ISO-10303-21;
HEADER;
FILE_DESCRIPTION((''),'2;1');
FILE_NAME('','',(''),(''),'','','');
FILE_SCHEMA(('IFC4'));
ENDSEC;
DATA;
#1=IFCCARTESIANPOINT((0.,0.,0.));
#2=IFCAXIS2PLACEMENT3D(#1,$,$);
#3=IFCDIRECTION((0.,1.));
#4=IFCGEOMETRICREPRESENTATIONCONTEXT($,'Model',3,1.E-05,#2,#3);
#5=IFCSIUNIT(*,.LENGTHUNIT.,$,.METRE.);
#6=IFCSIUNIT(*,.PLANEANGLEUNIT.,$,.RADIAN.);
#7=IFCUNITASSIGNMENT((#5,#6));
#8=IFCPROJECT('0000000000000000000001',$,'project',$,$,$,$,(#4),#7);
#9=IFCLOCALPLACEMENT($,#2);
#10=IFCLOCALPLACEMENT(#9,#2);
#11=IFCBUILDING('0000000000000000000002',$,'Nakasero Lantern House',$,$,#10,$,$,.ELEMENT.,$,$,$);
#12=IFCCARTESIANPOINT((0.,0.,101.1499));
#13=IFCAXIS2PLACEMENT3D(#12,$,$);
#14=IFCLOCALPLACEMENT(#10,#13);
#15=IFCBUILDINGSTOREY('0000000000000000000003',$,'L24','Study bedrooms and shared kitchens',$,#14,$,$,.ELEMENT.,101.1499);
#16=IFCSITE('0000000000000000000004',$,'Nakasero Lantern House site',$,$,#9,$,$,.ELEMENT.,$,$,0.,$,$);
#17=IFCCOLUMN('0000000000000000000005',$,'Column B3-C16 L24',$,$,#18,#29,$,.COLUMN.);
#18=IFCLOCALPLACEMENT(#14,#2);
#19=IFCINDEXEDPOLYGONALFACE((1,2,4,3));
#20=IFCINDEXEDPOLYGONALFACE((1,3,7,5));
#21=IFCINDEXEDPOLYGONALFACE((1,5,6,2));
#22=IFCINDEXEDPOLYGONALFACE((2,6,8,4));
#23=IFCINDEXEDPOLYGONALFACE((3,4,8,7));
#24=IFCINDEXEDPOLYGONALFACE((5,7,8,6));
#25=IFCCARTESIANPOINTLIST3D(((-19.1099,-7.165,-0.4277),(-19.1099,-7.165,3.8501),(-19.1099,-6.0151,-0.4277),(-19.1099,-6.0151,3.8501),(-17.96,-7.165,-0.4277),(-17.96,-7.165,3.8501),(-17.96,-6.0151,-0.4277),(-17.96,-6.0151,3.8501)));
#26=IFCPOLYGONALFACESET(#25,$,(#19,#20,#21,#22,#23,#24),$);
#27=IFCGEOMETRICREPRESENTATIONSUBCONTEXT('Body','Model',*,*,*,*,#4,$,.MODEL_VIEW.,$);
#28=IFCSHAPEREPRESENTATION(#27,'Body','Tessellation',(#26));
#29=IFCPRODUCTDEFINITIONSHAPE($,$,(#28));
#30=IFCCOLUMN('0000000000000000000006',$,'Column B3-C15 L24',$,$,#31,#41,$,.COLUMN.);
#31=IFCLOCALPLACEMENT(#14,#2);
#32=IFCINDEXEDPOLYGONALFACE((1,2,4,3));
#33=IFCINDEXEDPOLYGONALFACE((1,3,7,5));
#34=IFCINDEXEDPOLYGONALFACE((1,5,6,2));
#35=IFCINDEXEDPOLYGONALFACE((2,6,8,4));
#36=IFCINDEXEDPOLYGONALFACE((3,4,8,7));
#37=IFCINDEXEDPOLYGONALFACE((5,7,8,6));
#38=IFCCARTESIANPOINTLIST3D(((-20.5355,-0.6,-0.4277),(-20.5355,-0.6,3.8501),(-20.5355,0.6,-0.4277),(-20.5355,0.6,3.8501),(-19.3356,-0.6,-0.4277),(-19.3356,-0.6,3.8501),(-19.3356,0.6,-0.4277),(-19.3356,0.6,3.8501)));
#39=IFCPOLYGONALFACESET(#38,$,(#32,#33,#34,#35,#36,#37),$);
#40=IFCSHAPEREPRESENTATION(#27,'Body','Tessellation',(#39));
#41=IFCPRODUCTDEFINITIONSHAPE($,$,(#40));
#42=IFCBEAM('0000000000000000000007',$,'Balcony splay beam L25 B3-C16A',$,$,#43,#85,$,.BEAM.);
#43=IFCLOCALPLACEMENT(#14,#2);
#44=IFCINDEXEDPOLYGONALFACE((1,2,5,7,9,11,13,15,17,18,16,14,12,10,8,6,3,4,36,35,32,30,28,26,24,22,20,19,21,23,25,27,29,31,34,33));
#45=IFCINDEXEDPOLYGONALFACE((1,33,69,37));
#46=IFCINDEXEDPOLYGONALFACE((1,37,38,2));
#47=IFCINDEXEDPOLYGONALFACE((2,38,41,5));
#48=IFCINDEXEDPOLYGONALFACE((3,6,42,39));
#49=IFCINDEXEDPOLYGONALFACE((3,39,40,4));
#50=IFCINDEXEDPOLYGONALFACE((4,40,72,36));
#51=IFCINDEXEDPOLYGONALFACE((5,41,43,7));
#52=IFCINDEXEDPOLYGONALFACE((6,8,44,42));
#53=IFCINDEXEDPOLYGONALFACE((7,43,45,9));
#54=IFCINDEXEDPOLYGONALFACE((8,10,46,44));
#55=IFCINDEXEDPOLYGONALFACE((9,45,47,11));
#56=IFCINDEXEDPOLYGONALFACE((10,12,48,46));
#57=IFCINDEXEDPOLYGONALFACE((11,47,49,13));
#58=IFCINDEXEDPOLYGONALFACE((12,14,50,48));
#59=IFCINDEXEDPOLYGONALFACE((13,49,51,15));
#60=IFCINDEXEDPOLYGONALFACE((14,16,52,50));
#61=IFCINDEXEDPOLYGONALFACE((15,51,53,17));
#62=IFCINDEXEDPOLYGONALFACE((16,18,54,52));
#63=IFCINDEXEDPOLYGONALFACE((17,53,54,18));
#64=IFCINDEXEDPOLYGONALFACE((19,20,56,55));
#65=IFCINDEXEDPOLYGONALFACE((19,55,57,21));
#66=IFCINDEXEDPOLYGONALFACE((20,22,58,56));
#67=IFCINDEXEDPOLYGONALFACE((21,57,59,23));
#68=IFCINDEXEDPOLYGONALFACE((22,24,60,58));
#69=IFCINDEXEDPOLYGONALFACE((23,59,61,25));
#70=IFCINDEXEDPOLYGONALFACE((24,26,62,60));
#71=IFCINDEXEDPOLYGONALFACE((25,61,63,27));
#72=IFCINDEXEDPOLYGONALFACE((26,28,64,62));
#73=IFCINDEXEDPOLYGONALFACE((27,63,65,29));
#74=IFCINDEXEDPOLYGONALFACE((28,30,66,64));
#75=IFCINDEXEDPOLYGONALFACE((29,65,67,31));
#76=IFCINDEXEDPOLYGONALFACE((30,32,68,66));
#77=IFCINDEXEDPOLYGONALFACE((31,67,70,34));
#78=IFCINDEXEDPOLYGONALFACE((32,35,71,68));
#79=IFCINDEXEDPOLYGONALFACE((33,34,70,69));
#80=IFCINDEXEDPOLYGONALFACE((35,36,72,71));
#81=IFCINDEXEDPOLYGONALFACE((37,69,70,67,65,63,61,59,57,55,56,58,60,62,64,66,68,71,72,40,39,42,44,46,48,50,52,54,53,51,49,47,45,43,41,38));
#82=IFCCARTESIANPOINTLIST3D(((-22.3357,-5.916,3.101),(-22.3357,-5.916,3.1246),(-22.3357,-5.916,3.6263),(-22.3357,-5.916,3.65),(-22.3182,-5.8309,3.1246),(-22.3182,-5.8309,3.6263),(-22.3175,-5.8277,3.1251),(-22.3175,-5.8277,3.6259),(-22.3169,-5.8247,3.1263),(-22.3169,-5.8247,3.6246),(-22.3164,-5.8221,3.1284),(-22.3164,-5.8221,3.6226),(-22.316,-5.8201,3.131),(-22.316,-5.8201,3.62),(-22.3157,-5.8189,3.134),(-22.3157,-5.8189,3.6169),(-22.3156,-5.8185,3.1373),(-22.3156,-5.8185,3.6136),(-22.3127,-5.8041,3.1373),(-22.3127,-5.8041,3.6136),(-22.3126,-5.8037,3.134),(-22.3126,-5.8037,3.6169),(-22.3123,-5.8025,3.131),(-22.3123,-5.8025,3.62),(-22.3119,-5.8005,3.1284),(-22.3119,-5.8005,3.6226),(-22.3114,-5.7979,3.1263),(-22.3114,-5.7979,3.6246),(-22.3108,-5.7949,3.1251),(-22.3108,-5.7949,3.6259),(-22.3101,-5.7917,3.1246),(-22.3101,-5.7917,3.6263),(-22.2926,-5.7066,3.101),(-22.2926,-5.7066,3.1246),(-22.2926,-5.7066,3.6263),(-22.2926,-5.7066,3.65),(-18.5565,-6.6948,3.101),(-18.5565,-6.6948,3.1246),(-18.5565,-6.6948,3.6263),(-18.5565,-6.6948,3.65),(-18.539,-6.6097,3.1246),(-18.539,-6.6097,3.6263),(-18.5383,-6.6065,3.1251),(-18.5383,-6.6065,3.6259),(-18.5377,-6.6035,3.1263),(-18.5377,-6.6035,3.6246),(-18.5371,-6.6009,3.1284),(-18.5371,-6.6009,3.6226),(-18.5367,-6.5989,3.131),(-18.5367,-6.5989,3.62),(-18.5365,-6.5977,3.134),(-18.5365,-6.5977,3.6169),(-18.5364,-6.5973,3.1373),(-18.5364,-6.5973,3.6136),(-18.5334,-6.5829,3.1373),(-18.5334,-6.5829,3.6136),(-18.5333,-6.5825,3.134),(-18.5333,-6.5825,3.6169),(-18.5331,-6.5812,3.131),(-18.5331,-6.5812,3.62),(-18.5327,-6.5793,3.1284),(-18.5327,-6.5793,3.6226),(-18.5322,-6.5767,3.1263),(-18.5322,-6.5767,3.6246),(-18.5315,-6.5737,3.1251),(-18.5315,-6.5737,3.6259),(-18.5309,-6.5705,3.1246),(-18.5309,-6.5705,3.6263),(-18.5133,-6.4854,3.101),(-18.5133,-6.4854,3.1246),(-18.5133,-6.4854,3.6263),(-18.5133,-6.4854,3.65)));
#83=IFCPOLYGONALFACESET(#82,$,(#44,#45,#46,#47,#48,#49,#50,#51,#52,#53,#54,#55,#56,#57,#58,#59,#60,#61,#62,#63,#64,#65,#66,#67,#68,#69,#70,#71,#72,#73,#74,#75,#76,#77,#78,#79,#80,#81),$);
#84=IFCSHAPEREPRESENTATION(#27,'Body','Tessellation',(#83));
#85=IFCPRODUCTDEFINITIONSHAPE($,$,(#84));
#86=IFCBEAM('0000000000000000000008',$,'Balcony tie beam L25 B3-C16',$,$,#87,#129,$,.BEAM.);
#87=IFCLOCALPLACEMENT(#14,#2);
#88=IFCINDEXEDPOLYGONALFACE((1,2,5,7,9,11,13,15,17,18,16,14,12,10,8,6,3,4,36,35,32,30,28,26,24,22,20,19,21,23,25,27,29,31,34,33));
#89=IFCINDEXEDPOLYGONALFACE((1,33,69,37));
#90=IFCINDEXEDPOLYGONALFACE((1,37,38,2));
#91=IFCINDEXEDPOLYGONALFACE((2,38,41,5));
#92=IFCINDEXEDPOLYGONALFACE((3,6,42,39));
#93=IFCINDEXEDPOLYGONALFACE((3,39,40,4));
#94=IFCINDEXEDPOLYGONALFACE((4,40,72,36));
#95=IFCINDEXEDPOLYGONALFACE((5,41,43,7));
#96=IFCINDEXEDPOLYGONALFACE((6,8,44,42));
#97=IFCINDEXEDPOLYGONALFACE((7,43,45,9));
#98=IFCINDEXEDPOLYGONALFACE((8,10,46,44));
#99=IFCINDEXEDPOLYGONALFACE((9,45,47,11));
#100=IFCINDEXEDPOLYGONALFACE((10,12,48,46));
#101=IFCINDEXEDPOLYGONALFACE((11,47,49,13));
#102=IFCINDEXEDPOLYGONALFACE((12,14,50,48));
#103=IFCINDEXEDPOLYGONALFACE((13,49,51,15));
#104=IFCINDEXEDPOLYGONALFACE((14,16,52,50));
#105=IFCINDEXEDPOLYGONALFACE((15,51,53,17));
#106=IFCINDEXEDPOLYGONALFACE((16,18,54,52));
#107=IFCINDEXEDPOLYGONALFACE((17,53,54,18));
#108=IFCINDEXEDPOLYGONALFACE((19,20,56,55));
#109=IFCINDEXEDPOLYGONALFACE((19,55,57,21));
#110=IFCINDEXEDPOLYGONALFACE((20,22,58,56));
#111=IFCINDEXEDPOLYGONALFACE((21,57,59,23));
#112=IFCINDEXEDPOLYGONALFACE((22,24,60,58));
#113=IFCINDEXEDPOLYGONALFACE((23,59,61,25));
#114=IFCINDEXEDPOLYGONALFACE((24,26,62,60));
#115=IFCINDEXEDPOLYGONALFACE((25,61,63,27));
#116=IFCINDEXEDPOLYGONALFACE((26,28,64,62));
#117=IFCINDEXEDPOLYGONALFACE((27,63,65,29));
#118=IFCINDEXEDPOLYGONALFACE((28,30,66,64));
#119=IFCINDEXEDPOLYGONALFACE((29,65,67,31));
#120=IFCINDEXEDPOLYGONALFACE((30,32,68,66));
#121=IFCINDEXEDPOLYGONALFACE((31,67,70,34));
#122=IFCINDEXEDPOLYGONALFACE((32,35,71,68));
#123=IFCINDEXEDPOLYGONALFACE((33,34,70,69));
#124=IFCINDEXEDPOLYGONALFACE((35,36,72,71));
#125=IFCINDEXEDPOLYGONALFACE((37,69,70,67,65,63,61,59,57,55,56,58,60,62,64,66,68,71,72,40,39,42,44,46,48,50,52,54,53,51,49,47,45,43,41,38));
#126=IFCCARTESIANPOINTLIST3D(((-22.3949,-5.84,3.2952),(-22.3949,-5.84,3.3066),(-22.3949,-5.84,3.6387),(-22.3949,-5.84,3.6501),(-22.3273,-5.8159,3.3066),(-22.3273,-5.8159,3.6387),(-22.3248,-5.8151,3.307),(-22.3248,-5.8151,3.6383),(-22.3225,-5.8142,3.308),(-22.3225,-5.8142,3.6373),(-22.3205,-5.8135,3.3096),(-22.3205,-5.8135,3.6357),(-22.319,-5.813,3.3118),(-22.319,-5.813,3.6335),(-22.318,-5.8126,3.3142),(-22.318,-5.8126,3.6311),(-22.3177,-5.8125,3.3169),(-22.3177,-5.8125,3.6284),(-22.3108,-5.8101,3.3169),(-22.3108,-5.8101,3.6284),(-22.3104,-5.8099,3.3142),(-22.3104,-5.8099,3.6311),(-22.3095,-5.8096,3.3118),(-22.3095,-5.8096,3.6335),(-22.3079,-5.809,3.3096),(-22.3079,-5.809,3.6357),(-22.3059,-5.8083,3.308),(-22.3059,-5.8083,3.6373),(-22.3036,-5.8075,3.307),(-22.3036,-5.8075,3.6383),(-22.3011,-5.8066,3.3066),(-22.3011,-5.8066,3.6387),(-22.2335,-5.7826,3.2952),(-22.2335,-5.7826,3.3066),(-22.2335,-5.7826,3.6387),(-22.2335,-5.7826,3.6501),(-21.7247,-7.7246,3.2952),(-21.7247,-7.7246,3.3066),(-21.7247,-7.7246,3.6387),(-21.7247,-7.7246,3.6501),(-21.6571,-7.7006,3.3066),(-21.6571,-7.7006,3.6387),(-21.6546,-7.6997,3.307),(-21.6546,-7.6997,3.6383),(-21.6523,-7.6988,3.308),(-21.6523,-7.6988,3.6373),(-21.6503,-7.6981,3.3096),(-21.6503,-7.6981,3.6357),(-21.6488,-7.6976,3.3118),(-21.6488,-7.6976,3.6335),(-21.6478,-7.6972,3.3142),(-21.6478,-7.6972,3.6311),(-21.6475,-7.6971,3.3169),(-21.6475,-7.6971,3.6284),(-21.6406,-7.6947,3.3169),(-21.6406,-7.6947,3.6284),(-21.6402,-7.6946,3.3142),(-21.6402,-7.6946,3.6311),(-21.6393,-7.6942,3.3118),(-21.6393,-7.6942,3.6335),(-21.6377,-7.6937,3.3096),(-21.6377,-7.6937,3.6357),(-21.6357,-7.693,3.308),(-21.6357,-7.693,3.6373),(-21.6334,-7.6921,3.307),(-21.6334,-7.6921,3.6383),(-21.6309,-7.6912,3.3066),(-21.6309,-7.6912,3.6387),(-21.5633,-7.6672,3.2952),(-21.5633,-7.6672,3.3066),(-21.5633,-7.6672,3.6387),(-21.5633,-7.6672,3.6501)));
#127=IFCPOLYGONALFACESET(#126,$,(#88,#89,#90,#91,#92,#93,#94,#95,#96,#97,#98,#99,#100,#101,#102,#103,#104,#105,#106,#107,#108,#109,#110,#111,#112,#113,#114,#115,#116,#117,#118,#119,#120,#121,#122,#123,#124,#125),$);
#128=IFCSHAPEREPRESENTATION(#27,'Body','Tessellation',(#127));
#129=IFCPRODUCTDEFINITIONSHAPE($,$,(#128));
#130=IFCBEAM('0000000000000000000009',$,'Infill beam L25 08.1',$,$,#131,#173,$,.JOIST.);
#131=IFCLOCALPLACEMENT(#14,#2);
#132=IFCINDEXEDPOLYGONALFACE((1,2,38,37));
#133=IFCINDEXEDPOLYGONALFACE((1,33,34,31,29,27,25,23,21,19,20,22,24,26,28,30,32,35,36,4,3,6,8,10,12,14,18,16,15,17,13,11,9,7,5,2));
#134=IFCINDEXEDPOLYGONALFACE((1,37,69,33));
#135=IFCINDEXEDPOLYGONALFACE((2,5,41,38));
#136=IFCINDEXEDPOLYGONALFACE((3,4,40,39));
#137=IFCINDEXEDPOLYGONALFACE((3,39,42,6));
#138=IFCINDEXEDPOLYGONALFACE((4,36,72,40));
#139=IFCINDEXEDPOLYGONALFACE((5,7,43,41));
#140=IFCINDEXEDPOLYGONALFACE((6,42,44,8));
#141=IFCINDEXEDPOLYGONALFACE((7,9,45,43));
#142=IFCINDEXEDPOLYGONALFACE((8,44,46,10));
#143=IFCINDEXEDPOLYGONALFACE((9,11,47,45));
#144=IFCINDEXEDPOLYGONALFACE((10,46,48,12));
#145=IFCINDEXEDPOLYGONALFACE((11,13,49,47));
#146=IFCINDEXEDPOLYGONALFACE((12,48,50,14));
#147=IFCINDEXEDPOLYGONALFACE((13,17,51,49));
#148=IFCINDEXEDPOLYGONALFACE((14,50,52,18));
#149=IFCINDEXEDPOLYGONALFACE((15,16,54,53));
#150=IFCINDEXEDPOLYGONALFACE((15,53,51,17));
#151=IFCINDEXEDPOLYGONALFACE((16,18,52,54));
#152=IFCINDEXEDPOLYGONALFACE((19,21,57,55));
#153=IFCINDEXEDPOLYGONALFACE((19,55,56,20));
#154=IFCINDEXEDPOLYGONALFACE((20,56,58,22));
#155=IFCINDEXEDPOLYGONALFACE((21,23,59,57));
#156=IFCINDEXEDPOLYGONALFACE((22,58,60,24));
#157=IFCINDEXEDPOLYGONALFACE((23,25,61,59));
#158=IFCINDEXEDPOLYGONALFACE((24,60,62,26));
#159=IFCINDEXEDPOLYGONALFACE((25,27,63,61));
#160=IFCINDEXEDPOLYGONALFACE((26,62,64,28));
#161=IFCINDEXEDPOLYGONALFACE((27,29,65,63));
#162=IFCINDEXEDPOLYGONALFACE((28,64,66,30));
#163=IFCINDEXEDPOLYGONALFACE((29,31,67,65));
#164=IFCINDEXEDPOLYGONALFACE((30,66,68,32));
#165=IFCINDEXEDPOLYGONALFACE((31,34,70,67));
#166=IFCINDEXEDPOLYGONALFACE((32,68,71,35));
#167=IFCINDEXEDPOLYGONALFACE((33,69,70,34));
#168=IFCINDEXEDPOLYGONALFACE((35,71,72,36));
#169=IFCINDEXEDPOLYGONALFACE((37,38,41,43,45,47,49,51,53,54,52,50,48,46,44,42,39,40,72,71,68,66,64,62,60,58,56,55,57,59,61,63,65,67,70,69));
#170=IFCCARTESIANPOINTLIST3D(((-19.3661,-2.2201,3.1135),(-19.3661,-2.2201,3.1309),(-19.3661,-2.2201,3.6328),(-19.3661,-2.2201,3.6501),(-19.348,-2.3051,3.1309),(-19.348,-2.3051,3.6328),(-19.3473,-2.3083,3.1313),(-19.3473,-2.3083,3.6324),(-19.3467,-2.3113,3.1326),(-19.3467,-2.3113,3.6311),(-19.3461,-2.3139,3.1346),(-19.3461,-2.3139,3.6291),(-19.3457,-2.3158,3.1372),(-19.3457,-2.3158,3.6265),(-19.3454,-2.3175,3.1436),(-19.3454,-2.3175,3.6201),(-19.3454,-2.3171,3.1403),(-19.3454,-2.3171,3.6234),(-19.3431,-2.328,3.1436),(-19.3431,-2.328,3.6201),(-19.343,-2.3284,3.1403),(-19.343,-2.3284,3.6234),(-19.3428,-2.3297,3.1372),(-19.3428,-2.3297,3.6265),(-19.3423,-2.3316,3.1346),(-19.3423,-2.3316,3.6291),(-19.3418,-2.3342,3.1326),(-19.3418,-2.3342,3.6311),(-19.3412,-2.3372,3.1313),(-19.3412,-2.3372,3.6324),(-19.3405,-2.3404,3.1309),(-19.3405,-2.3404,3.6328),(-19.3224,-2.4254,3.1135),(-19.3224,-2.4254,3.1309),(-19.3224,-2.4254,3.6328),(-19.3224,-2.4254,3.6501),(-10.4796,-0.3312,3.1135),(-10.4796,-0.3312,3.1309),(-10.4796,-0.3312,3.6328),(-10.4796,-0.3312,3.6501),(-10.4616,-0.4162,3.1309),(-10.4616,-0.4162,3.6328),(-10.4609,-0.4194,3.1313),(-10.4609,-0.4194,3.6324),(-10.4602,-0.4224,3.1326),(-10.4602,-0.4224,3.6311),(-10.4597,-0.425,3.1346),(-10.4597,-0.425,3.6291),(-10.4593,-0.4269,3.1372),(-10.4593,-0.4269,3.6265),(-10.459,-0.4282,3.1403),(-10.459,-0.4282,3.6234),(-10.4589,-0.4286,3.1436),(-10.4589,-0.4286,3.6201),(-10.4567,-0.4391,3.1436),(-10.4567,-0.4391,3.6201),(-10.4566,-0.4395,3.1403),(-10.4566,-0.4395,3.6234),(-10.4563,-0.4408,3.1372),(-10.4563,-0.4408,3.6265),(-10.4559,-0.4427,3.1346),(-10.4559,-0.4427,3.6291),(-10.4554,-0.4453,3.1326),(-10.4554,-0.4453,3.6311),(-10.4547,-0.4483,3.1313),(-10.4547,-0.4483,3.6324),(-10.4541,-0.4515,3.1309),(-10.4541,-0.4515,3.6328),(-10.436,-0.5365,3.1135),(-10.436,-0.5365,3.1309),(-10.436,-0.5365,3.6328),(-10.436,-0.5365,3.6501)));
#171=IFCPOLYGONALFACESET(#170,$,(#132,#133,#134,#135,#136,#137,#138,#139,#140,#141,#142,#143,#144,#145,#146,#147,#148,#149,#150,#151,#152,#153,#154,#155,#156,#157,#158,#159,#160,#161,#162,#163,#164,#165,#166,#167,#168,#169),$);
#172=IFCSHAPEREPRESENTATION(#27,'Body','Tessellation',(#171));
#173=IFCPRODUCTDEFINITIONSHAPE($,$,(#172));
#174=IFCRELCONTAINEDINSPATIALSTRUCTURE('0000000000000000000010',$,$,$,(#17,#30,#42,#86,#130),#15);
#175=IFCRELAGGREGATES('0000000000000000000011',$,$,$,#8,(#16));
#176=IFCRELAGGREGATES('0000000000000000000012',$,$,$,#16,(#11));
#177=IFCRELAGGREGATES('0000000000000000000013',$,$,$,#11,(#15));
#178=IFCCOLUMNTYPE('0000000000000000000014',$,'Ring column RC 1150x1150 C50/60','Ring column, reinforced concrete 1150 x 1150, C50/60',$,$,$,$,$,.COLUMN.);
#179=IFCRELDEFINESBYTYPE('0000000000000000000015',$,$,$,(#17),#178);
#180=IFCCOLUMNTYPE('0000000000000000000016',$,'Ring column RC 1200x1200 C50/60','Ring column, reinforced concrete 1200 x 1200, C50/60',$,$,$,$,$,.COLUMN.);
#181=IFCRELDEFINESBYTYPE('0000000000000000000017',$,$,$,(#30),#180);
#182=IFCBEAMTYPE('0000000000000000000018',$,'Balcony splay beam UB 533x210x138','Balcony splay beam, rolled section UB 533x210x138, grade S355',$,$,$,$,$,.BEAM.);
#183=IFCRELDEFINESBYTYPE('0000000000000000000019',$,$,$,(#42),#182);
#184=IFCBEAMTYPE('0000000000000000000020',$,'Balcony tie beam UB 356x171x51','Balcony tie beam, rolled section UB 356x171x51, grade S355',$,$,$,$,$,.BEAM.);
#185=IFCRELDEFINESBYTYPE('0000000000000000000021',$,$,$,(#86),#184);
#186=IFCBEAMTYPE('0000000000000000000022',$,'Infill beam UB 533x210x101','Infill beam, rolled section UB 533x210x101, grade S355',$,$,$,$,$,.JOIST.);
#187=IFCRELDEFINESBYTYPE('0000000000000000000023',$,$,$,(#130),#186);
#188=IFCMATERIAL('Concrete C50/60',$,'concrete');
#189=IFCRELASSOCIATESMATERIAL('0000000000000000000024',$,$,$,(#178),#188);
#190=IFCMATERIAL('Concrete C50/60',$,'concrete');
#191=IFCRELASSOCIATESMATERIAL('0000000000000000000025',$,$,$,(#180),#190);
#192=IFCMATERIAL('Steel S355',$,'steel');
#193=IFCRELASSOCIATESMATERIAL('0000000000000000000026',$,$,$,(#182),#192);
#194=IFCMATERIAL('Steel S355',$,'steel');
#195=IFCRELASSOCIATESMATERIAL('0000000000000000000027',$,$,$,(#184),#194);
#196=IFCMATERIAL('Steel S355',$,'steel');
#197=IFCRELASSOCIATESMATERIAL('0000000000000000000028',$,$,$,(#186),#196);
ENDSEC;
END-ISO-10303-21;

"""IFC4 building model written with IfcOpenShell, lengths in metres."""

from ifc_helpers import new_model, si_unit, direction, frame, origin, origin_2d, place, context, subcontext, project, spatial, rectangle, i_section, extrude, material, material_profile, profile_set, type_object, element, save


model = new_model("IFC4")

# Units and contexts
model_context = context("Model", 3, precision=1e-05, world=origin(), true_north=direction((0.0, 1.0)))
body_context = subcontext(model_context, "Body", "Model", "MODEL_VIEW")
ifc_project = project(units=[si_unit("LENGTHUNIT", "METRE"), si_unit("PLANEANGLEUNIT", "RADIAN")], contexts=[model_context])

# Site, building, storey
site_placement = place(None, origin())
site = spatial("IfcSite", under=ifc_project, at=site_placement, Name="Nakasero Lantern House site", CompositionType="ELEMENT", RefElevation=0.0)
building_placement = place(site_placement, origin())
building = spatial("IfcBuilding", under=site, at=building_placement, Name="Nakasero Lantern House", CompositionType="ELEMENT")
storey_placement = place(building_placement, frame((0.0, 0.0, 101.1499)))
storey = spatial("IfcBuildingStorey", under=building, at=storey_placement, Name="L24", Description="Study bedrooms and shared kitchens", CompositionType="ELEMENT", Elevation=101.1499)

# Columns
ifc_material_1 = material(Name="Concrete C50/60", Category="concrete")
ifc_material_profile_1 = material_profile(ifc_material_1, rectangle(XDim=1.1499, YDim=1.1499, at=origin_2d()), Name="RC 1150x1150")
ifc_profile_set_1 = profile_set([ifc_material_profile_1], Name="Concrete C50/60")
column_type_1 = type_object("IfcColumnType", Name="Ring column RC 1150x1150 C50/60", Description="Ring column, reinforced concrete 1150 x 1150, C50/60", PredefinedType="COLUMN", material=ifc_profile_set_1)
column_1_placement = place(storey_placement, frame((-18.5349, -6.5901, -0.4277), z_axis=(0.0, 0.0, 1.0), x_axis=(1.0, 0.0, 0.0)))
element("IfcColumn", 1, at=column_1_placement, inside=storey, type_object=column_type_1, Name="Column B3-C16 L24", PredefinedType="COLUMN", context=body_context, shape_type="SweptSolid", body=[
    extrude(rectangle(XDim=1.1499, YDim=1.1499, at=origin_2d()), origin(), (0.0, 0.0, 1.0), 4.2778),
])
ifc_material_2 = material(Name="Concrete C50/60", Category="concrete")
ifc_material_profile_2 = material_profile(ifc_material_2, rectangle(XDim=1.2, YDim=1.2, at=origin_2d()), Name="RC 1200x1200")
ifc_profile_set_2 = profile_set([ifc_material_profile_2], Name="Concrete C50/60")
column_type_2 = type_object("IfcColumnType", Name="Ring column RC 1200x1200 C50/60", Description="Ring column, reinforced concrete 1200 x 1200, C50/60", PredefinedType="COLUMN", material=ifc_profile_set_2)
column_2_placement = place(storey_placement, frame((-19.9355, 0.0, -0.4277), z_axis=(0.0, 0.0, 1.0), x_axis=(1.0, 0.0, 0.0)))
element("IfcColumn", 2, at=column_2_placement, inside=storey, type_object=column_type_2, Name="Column B3-C15 L24", PredefinedType="COLUMN", context=body_context, shape_type="SweptSolid", body=[
    extrude(rectangle(XDim=1.2, YDim=1.2, at=origin_2d()), origin(), (0.0, 0.0, 1.0), 4.2778),
])

# Beams
ifc_material_3 = material(Name="Steel S355", Category="steel")
ifc_material_profile_3 = material_profile(ifc_material_3, i_section(OverallWidth=0.2139, OverallDepth=0.5491, WebThickness=0.0146, FlangeThickness=0.0237, FilletRadius=0.0127, at=origin_2d()), Name="UB 533x210x138")
ifc_profile_set_3 = profile_set([ifc_material_profile_3], Name="Steel S355")
beam_type_1 = type_object("IfcBeamType", Name="Balcony splay beam UB 533x210x138", Description="Balcony splay beam, rolled section UB 533x210x138, grade S355", PredefinedType="BEAM", material=ifc_profile_set_3)
beam_1_placement = place(storey_placement, frame((-18.5349, -6.5901, 3.3755), z_axis=(-0.97942, 0.201831, 0.0), x_axis=(-0.201831, -0.97942, 0.0)))
element("IfcBeam", 3, at=beam_1_placement, inside=storey, type_object=beam_type_1, Name="Balcony splay beam L25 B3-C16A", PredefinedType="BEAM", context=body_context, shape_type="SweptSolid", body=[
    extrude(i_section(OverallWidth=0.2139, OverallDepth=0.5491, WebThickness=0.0146, FlangeThickness=0.0237, FilletRadius=0.0127, at=origin_2d()), origin(), (0.0, 0.0, 1.0), 3.8586),
])
ifc_material_4 = material(Name="Steel S355", Category="steel")
ifc_material_profile_4 = material_profile(ifc_material_4, i_section(OverallWidth=0.1714, OverallDepth=0.355, WebThickness=0.0073, FlangeThickness=0.0115, FilletRadius=0.0103, at=origin_2d()), Name="UB 356x171x51")
ifc_profile_set_4 = profile_set([ifc_material_profile_4], Name="Steel S355")
beam_type_2 = type_object("IfcBeamType", Name="Balcony tie beam UB 356x171x51", Description="Balcony tie beam, rolled section UB 356x171x51, grade S355", PredefinedType="BEAM", material=ifc_profile_set_4)
beam_2_placement = place(storey_placement, frame((-22.3142, -5.8113, 3.4727), z_axis=(0.33506, -0.942197, 0.0), x_axis=(0.942197, 0.33506, 0.0)))
element("IfcBeam", 4, at=beam_2_placement, inside=storey, type_object=beam_type_2, Name="Balcony tie beam L25 B3-C16", PredefinedType="BEAM", context=body_context, shape_type="SweptSolid", body=[
    extrude(i_section(OverallWidth=0.1714, OverallDepth=0.355, WebThickness=0.0073, FlangeThickness=0.0115, FilletRadius=0.0103, at=origin_2d()), origin(), (0.0, 0.0, 1.0), 2.0002),
])
ifc_material_5 = material(Name="Steel S355", Category="steel")
ifc_material_profile_5 = material_profile(ifc_material_5, i_section(OverallWidth=0.21, OverallDepth=0.5366, WebThickness=0.0107, FlangeThickness=0.0173, FilletRadius=0.0127, at=origin_2d()), Name="UB 533x210x101")
ifc_profile_set_5 = profile_set([ifc_material_profile_5], Name="Steel S355")
beam_type_3 = type_object("IfcBeamType", Name="Infill beam UB 533x210x101", Description="Infill beam, rolled section UB 533x210x101, grade S355", PredefinedType="JOIST", material=ifc_profile_set_5)
beam_3_placement = place(storey_placement, frame((-19.3442, -2.3228, 3.3818), z_axis=(0.978147, 0.207916, 0.0), x_axis=(-0.207916, 0.978147, 0.0)))
element("IfcBeam", 5, at=beam_3_placement, inside=storey, type_object=beam_type_3, Name="Infill beam L25 08.1", PredefinedType="JOIST", context=body_context, shape_type="SweptSolid", body=[
    extrude(i_section(OverallWidth=0.21, OverallDepth=0.5366, WebThickness=0.0107, FlangeThickness=0.0173, FilletRadius=0.0127, at=origin_2d()), origin(), (0.0, 0.0, 1.0), 9.085),
])

save(model, "model.ifc")
